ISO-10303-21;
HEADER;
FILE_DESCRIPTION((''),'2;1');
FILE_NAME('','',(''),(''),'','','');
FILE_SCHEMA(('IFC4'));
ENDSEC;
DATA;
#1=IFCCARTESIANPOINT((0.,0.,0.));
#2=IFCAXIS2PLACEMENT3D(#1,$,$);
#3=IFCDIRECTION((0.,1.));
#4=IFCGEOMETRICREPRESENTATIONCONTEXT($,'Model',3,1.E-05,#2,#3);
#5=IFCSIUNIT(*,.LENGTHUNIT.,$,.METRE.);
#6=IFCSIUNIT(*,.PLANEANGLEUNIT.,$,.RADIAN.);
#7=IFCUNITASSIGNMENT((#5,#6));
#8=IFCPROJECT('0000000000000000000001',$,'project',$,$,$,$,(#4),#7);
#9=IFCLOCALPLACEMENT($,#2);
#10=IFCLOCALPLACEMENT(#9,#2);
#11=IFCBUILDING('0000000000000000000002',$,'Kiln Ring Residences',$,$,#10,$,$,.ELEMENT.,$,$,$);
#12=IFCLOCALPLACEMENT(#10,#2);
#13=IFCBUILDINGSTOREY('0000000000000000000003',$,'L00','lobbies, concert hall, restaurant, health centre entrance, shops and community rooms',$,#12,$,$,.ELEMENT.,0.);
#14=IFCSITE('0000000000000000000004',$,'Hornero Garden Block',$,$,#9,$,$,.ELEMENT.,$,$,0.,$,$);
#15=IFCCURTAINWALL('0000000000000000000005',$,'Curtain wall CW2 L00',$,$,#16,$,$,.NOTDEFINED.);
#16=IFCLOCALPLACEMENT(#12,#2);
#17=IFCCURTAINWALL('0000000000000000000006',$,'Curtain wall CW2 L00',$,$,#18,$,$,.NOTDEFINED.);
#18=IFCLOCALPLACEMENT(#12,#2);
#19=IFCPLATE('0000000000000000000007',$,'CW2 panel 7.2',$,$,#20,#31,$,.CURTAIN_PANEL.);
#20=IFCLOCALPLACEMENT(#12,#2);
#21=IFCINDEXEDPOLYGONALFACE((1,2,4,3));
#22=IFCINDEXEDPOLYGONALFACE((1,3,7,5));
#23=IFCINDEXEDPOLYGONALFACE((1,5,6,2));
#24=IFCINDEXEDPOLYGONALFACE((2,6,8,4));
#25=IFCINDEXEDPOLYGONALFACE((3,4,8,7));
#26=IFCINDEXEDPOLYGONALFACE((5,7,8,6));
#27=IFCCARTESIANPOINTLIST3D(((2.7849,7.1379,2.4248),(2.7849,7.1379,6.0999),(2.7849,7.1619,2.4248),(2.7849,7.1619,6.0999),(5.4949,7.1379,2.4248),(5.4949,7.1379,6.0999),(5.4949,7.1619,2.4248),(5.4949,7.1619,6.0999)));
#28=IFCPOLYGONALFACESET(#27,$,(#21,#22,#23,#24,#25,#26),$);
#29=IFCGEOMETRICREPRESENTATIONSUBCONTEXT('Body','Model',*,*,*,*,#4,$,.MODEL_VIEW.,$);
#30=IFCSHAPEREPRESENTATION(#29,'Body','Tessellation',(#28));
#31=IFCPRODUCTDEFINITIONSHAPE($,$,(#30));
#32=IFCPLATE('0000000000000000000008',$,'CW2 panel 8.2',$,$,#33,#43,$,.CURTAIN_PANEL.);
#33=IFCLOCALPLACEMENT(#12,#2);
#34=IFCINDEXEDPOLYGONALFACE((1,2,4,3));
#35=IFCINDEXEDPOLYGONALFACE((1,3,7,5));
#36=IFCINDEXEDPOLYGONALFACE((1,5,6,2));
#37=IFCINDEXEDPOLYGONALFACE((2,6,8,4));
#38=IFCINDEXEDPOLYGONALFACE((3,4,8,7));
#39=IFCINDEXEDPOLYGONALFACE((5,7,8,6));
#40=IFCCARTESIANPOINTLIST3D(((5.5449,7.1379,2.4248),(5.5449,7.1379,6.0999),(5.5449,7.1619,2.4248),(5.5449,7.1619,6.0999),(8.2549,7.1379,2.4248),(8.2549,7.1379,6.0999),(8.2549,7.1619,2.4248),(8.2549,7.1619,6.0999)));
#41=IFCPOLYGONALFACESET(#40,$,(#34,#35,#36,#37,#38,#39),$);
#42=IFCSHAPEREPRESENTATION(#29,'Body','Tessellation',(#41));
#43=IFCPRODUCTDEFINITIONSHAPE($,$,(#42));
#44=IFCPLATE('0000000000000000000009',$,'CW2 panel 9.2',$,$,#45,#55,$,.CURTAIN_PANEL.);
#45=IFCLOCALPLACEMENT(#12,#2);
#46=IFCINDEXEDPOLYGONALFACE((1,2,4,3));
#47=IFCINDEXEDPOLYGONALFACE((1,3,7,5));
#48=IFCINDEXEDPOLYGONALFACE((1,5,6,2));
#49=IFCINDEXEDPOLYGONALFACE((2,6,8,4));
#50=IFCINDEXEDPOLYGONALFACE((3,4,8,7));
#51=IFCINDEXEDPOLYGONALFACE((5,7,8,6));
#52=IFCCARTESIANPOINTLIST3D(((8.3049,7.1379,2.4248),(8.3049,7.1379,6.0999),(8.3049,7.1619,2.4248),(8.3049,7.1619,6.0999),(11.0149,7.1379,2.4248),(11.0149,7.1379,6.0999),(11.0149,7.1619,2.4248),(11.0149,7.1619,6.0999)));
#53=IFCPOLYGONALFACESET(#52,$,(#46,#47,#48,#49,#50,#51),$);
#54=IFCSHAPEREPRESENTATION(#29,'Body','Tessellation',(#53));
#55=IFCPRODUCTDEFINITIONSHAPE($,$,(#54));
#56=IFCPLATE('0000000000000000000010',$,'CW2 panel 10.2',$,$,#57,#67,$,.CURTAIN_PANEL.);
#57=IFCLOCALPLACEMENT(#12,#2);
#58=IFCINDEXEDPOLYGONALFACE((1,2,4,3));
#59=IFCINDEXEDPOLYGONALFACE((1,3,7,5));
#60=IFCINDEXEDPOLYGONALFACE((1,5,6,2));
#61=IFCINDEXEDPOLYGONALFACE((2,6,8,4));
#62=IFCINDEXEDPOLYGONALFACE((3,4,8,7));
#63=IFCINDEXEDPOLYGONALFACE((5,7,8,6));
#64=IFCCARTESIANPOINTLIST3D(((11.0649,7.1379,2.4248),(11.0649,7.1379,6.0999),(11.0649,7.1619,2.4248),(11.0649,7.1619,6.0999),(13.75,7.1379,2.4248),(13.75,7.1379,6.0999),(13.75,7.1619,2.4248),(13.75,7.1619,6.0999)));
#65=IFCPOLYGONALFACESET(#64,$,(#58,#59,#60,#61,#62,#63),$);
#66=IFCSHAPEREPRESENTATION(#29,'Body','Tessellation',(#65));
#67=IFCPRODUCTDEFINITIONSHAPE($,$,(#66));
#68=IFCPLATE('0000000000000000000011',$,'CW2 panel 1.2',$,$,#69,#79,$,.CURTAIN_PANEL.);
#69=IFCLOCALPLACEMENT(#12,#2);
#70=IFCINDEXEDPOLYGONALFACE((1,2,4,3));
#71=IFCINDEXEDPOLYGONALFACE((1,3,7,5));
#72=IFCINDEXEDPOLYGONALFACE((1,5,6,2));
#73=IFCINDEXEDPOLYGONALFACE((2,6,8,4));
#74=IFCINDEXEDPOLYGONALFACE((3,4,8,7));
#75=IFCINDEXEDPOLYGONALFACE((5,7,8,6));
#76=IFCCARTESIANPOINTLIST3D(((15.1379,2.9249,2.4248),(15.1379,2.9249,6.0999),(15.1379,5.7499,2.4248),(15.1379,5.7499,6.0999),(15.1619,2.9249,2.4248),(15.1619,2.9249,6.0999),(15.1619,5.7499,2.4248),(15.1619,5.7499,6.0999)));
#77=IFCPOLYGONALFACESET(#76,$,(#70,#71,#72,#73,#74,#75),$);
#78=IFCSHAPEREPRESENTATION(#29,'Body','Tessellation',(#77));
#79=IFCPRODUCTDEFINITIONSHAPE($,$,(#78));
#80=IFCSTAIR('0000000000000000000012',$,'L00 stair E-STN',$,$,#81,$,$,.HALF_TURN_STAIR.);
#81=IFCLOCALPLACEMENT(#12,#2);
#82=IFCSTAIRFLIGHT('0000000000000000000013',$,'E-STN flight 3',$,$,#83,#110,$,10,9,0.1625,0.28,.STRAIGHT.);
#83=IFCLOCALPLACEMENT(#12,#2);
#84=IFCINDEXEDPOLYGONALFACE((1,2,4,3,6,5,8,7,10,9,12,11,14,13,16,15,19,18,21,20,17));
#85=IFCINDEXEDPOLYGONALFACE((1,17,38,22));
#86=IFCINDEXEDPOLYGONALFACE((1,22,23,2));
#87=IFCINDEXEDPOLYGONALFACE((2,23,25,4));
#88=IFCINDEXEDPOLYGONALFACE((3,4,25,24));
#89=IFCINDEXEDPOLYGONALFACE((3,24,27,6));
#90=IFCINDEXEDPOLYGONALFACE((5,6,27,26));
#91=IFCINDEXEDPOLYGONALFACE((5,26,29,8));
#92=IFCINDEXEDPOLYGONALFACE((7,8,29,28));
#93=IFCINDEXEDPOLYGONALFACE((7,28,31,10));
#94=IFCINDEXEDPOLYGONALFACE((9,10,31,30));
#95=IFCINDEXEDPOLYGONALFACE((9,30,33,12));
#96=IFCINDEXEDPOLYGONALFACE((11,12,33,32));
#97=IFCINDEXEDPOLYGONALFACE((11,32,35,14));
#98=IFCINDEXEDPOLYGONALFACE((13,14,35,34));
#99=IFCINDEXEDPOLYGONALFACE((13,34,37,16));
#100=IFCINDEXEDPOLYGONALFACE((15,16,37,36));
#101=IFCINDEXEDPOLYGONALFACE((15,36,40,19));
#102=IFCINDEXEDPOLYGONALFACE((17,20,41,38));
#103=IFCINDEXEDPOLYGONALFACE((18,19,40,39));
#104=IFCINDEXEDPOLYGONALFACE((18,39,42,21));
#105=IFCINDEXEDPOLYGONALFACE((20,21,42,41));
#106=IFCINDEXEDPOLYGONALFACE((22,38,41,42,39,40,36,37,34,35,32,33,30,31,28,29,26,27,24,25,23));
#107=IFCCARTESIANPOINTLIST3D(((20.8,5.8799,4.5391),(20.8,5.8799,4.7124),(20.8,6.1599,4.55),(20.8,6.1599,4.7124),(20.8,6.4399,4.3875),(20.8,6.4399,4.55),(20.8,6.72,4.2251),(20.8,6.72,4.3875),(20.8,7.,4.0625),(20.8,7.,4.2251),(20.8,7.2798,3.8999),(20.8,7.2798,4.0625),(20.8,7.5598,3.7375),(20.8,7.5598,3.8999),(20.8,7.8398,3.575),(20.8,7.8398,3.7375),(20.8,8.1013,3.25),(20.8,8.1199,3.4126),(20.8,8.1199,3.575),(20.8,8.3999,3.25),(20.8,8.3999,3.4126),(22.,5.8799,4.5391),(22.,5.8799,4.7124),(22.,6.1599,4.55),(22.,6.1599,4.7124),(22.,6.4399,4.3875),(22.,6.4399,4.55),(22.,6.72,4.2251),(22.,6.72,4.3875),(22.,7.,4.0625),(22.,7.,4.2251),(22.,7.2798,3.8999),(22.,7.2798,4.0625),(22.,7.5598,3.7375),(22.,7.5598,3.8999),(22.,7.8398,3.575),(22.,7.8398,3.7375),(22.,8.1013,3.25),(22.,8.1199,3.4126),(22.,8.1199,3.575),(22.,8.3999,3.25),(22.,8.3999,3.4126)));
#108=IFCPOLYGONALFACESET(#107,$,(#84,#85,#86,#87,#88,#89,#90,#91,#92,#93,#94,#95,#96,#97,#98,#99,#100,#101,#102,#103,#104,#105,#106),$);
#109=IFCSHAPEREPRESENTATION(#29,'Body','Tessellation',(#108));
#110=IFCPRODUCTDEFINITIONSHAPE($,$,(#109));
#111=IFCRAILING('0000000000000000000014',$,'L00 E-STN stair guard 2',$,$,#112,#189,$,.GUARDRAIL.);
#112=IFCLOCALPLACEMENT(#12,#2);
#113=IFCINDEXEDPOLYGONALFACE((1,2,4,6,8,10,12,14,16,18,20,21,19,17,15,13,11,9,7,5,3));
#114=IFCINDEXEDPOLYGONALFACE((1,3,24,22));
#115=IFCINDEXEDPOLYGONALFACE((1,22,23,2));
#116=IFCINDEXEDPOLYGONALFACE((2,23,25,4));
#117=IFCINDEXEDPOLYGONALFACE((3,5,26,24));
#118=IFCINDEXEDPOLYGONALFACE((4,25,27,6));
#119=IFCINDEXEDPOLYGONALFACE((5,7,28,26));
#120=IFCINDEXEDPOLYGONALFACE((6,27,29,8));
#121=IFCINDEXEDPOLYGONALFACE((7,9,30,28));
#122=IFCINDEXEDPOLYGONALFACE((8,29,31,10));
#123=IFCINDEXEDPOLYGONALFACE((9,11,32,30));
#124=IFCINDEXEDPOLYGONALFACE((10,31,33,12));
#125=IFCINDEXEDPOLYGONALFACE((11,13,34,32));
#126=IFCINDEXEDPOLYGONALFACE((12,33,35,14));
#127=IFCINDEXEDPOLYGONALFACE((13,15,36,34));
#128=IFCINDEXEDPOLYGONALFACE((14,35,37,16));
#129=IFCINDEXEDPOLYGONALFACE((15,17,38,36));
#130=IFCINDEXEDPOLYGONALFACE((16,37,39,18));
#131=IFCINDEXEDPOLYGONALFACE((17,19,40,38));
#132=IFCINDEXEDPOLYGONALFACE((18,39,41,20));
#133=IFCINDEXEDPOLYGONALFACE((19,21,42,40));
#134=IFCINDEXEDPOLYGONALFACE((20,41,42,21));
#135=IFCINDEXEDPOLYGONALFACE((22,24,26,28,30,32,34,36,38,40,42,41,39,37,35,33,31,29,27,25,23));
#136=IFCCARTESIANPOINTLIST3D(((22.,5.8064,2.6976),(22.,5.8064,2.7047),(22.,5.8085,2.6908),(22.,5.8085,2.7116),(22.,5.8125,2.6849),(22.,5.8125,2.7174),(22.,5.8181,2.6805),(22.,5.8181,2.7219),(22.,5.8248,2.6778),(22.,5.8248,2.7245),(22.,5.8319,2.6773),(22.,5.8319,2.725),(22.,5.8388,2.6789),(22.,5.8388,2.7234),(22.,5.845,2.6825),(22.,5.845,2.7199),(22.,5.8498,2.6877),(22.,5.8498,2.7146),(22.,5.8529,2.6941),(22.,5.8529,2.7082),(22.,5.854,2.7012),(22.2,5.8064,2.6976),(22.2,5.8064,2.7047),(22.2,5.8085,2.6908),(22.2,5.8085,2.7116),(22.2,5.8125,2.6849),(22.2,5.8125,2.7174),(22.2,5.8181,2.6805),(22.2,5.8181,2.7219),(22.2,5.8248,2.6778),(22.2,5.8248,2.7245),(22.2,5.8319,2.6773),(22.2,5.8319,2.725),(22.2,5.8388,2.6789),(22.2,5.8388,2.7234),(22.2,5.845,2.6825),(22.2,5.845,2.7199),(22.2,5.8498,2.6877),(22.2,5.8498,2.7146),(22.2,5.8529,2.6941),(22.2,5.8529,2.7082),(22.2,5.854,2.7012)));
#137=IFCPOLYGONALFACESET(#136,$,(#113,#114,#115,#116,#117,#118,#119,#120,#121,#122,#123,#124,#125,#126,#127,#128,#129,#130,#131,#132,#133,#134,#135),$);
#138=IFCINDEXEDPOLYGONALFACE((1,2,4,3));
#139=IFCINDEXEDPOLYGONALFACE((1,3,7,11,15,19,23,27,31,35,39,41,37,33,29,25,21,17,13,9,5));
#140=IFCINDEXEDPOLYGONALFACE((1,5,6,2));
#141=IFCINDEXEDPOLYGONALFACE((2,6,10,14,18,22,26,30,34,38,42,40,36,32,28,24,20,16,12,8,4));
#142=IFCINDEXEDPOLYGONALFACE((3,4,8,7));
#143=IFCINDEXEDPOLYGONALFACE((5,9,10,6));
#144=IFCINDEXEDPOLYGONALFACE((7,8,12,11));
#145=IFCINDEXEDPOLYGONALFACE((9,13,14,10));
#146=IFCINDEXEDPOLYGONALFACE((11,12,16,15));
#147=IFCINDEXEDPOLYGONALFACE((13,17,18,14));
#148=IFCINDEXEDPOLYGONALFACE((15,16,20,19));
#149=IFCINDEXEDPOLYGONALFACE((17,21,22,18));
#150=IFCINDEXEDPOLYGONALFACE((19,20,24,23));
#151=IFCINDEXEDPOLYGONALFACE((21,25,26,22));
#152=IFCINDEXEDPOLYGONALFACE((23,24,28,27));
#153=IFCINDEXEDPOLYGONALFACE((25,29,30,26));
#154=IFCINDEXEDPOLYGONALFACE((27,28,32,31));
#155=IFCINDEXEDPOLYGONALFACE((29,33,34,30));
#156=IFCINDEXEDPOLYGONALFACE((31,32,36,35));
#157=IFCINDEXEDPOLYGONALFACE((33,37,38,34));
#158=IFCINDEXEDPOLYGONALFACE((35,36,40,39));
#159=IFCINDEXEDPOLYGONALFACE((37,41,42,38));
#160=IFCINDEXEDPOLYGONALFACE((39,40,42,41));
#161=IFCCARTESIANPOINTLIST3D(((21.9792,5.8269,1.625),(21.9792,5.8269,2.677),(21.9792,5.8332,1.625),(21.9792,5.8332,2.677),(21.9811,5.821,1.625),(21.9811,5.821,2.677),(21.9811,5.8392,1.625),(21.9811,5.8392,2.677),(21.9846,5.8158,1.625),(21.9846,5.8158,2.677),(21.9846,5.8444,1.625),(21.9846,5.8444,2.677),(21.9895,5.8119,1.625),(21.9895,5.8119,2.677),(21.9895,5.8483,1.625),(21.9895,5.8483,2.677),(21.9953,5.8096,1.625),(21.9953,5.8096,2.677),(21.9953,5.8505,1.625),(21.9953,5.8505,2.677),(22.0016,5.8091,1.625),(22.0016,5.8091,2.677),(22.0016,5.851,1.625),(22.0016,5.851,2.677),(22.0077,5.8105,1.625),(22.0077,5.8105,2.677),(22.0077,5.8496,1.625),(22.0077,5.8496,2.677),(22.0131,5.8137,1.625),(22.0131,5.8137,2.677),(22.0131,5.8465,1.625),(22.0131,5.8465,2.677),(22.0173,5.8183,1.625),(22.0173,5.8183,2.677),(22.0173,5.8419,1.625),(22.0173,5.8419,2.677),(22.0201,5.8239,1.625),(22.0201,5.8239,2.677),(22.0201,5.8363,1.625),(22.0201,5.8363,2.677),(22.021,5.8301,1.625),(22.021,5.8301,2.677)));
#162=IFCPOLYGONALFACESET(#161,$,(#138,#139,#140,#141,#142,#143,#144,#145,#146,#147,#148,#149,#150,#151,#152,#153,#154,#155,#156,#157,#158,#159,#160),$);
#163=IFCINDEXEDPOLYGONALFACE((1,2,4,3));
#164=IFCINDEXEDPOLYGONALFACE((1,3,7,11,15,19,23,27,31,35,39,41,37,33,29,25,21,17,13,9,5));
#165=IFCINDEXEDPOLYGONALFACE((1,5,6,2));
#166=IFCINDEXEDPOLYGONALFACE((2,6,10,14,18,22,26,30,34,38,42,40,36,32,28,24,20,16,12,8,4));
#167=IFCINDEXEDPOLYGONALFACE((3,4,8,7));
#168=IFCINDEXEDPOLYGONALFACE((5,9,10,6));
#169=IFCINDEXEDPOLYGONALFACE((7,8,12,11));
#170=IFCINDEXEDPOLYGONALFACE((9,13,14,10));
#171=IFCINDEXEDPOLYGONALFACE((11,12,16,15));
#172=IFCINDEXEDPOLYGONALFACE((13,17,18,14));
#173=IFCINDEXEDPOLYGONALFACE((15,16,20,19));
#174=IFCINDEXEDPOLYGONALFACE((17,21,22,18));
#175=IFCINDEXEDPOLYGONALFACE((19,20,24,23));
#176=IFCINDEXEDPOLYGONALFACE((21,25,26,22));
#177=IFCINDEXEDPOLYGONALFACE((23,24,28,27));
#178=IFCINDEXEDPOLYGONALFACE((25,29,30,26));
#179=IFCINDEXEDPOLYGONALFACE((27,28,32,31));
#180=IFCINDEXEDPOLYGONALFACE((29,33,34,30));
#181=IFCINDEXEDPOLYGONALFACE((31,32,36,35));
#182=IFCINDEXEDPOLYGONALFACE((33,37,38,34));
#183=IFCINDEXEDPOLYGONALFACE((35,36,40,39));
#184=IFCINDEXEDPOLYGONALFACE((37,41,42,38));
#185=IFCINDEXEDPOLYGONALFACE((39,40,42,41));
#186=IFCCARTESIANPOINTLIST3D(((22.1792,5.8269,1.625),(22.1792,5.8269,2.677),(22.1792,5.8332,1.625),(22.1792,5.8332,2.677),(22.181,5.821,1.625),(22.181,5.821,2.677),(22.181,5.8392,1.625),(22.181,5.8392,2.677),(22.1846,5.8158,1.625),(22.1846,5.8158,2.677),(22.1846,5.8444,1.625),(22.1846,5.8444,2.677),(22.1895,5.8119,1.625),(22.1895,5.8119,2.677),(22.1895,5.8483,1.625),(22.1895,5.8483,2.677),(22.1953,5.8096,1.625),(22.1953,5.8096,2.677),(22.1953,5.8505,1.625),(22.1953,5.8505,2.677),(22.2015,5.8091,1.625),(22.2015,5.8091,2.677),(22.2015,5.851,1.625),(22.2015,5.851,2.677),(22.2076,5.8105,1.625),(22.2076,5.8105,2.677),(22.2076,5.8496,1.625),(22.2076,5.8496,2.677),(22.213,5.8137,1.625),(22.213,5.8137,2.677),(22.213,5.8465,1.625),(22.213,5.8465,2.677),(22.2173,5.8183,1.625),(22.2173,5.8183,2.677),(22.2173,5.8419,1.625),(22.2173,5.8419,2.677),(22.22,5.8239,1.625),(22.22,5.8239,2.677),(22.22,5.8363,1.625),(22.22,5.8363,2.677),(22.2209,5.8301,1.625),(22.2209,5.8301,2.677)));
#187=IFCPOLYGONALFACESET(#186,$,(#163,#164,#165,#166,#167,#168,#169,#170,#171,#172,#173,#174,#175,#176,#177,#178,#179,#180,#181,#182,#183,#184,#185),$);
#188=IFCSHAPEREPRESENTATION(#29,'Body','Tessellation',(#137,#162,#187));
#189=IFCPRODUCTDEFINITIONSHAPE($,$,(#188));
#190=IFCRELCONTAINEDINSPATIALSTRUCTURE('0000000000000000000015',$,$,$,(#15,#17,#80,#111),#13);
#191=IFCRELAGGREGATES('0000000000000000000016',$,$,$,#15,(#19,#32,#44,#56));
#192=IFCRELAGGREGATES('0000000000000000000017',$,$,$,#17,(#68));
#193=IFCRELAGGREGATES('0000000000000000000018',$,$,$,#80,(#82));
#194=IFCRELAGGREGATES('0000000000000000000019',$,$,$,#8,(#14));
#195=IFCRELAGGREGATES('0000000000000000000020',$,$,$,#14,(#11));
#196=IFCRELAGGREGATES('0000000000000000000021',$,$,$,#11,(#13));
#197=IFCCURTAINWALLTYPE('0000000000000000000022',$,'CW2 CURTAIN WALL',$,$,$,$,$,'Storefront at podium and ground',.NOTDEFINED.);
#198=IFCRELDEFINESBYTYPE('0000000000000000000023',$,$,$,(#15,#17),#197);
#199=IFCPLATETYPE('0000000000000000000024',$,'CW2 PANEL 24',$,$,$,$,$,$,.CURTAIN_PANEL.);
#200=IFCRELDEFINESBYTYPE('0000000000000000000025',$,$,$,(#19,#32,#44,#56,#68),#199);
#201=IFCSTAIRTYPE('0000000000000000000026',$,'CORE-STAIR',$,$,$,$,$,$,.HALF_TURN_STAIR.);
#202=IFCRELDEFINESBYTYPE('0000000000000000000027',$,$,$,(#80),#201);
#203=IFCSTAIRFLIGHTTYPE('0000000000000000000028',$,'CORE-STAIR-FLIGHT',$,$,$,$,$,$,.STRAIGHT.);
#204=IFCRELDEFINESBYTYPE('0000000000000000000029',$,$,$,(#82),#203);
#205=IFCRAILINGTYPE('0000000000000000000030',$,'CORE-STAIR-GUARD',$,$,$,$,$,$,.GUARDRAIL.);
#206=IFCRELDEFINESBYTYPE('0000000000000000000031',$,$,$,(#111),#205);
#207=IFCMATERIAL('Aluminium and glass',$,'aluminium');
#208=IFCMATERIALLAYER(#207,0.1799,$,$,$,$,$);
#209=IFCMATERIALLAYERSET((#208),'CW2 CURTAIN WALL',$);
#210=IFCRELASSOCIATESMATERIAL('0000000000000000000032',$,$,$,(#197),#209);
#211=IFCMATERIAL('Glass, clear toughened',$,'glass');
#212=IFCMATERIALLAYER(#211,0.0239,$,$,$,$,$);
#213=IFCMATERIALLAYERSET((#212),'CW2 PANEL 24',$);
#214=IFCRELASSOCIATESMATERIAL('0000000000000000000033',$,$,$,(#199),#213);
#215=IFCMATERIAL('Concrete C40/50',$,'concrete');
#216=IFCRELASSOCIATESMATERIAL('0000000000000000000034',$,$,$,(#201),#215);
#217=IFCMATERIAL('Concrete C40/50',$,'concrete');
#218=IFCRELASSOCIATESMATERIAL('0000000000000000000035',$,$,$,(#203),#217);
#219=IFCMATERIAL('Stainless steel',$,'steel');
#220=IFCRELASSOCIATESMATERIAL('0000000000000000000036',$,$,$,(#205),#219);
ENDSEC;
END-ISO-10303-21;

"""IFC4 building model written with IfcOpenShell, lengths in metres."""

from ifc_helpers import new_model, si_unit, direction, frame, origin, origin_2d, place, context, subcontext, project, spatial, polyline, rectangle, circle, outline, extrude, material, layer, layer_set, type_object, element, aggregate, save


model = new_model("IFC4")

# Units and contexts
model_context = context("Model", 3, precision=1e-05, world=origin(), true_north=direction((0.0, 1.0)))
body_context = subcontext(model_context, "Body", "Model", "MODEL_VIEW")
ifc_project = project(units=[si_unit("LENGTHUNIT", "METRE"), si_unit("PLANEANGLEUNIT", "RADIAN")], contexts=[model_context])

# Site, building, storey
site_placement = place(None, origin())
site = spatial("IfcSite", under=ifc_project, at=site_placement, Name="Hornero Garden Block", CompositionType="ELEMENT", RefElevation=0.0)
building_placement = place(site_placement, origin())
building = spatial("IfcBuilding", under=site, at=building_placement, Name="Kiln Ring Residences", CompositionType="ELEMENT")
storey_placement = place(building_placement, origin())
storey = spatial("IfcBuildingStorey", under=building, at=storey_placement, Name="L00", Description="lobbies, concert hall, restaurant, health centre entrance, shops and community rooms", CompositionType="ELEMENT", Elevation=0.0)

# Curtain walls
ifc_material_1 = material(Name="Aluminium and glass", Category="aluminium")
ifc_layer_1 = layer(ifc_material_1, 0.1799)
ifc_layer_set_1 = layer_set([ifc_layer_1], Name="CW2 CURTAIN WALL")
curtain_wall_type = type_object("IfcCurtainWallType", Name="CW2 CURTAIN WALL", ElementType="Storefront at podium and ground", PredefinedType="NOTDEFINED", material=ifc_layer_set_1)
placement = place(storey_placement, origin())
curtain_wall_1 = element("IfcCurtainWall", 1, at=placement, inside=storey, type_object=curtain_wall_type, Name="Curtain wall CW2 L00", PredefinedType="NOTDEFINED")
curtain_wall_2 = element("IfcCurtainWall", 2, at=placement, inside=storey, type_object=curtain_wall_type, Name="Curtain wall CW2 L00", PredefinedType="NOTDEFINED")

# Plates
ifc_material_2 = material(Name="Glass, clear toughened", Category="glass")
ifc_layer_2 = layer(ifc_material_2, 0.0239)
ifc_layer_set_2 = layer_set([ifc_layer_2], Name="CW2 PANEL 24")
plate_type = type_object("IfcPlateType", Name="CW2 PANEL 24", PredefinedType="CURTAIN_PANEL", material=ifc_layer_set_2)
plate_1_placement = place(storey_placement, frame((4.1399, 7.1499, 2.4248), z_axis=(0.0, 0.0, 1.0), x_axis=(1.0, 0.0, 0.0)))
plate_1 = element("IfcPlate", 3, at=plate_1_placement, type_object=plate_type, Name="CW2 panel 7.2", PredefinedType="CURTAIN_PANEL", context=body_context, shape_type="SweptSolid", body=[
    extrude(rectangle(XDim=2.71, YDim=0.0239, at=origin_2d()), origin(), (0.0, 0.0, 1.0), 3.675),
])
plate_2_placement = place(storey_placement, frame((6.8999, 7.1499, 2.4248), z_axis=(0.0, 0.0, 1.0), x_axis=(1.0, 0.0, 0.0)))
plate_2 = element("IfcPlate", 4, at=plate_2_placement, type_object=plate_type, Name="CW2 panel 8.2", PredefinedType="CURTAIN_PANEL", context=body_context, shape_type="SweptSolid", body=[
    extrude(rectangle(XDim=2.71, YDim=0.0239, at=origin_2d()), origin(), (0.0, 0.0, 1.0), 3.675),
])
plate_3_placement = place(storey_placement, frame((9.6599, 7.1499, 2.4248), z_axis=(0.0, 0.0, 1.0), x_axis=(1.0, 0.0, 0.0)))
plate_3 = element("IfcPlate", 5, at=plate_3_placement, type_object=plate_type, Name="CW2 panel 9.2", PredefinedType="CURTAIN_PANEL", context=body_context, shape_type="SweptSolid", body=[
    extrude(rectangle(XDim=2.71, YDim=0.0239, at=origin_2d()), origin(), (0.0, 0.0, 1.0), 3.675),
])
plate_4_placement = place(storey_placement, frame((12.4075, 7.1499, 2.4248), z_axis=(0.0, 0.0, 1.0), x_axis=(1.0, 0.0, 0.0)))
plate_4 = element("IfcPlate", 6, at=plate_4_placement, type_object=plate_type, Name="CW2 panel 10.2", PredefinedType="CURTAIN_PANEL", context=body_context, shape_type="SweptSolid", body=[
    extrude(rectangle(XDim=2.6851, YDim=0.0239, at=origin_2d()), origin(), (0.0, 0.0, 1.0), 3.675),
])
aggregate(curtain_wall_1, [plate_1, plate_2, plate_3, plate_4])
plate_5_placement = place(storey_placement, frame((15.1499, 4.3374, 2.4248), z_axis=(0.0, 0.0, 1.0), x_axis=(0.0, -1.0, 0.0)))
plate_5 = element("IfcPlate", 7, at=plate_5_placement, type_object=plate_type, Name="CW2 panel 1.2", PredefinedType="CURTAIN_PANEL", context=body_context, shape_type="SweptSolid", body=[
    extrude(rectangle(XDim=2.825, YDim=0.0239, at=origin_2d()), origin(), (0.0, 0.0, 1.0), 3.675),
])
aggregate(curtain_wall_2, [plate_5])

# Stair, stair flight
ifc_material_3 = material(Name="Concrete C40/50", Category="concrete")
stair_type = type_object("IfcStairType", Name="CORE-STAIR", PredefinedType="HALF_TURN_STAIR", material=ifc_material_3)
stair = element("IfcStair", 8, at=placement, inside=storey, type_object=stair_type, Name="L00 stair E-STN", PredefinedType="HALF_TURN_STAIR")
ifc_material_4 = material(Name="Concrete C40/50", Category="concrete")
stair_flight_type = type_object("IfcStairFlightType", Name="CORE-STAIR-FLIGHT", PredefinedType="STRAIGHT", material=ifc_material_4)
stair_flight_placement = place(storey_placement, frame((21.3999, 8.3999, 3.25), z_axis=(0.0, 0.0, 1.0), x_axis=(0.0, -1.0, 0.0)))
stair_flight = element("IfcStairFlight", 9, at=stair_flight_placement, type_object=stair_flight_type, Name="E-STN flight 3", NumberOfRisers=10, NumberOfTreads=9, PredefinedType="STRAIGHT", RiserHeight=0.1625, TreadLength=0.28, context=body_context, shape_type="SweptSolid", body=[
    extrude(outline(polyline([(0.0, 0.0), (0.0, 0.1626), (0.28, 0.1626), (0.28, 0.325), (0.5601, 0.325), (0.5601, 0.4875), (0.8401, 0.4875), (0.8401, 0.6499), (1.1201, 0.6499), (1.1201, 0.8125), (1.3999, 0.8125), (1.3999, 0.9751), (1.6799, 0.9751), (1.6799, 1.1375), (1.96, 1.1375), (1.96, 1.3), (2.24, 1.3), (2.24, 1.4624), (2.52, 1.4624), (2.52, 1.625), (2.52, 1.2891), (0.2986, 0.0), (0.0, 0.0)])), frame((0.0, 0.6001, 0.0), z_axis=(0.0, -1.0, 0.0), x_axis=(1.0, 0.0, 0.0)), (0.0, 0.0, 1.0), 1.2),
])
aggregate(stair, [stair_flight])

# Railing
ifc_material_5 = material(Name="Stainless steel", Category="steel")
railing_type_1 = type_object("IfcRailingType", Name="CORE-STAIR-GUARD", PredefinedType="GUARDRAIL", material=ifc_material_5)
for number, where, name in (
    (10, (22.0, 5.8301, 1.625), "L00 E-STN stair guard 2"),
):
    element("IfcRailing", number, at=place(storey_placement, frame(where)), inside=storey, type_object=railing_type_1, Name=name, PredefinedType="GUARDRAIL", context=body_context, shape_type="SweptSolid", body=[
        extrude(circle(Radius=0.0239, at=origin_2d()), frame((0.0, 0.0, 1.0762), z_axis=(1.0, 0.0, 0.0), x_axis=(0.0, 1.0, 0.0)), (0.0, 0.0, 1.0), 0.2),
        extrude(circle(Radius=0.021, at=origin_2d()), origin(), (0.0, 0.0, 1.0), 1.052),
        extrude(circle(Radius=0.021, at=origin_2d()), frame((0.2, 0.0, 0.0)), (0.0, 0.0, 1.0), 1.052),
    ])

save(model, "model.ifc")
